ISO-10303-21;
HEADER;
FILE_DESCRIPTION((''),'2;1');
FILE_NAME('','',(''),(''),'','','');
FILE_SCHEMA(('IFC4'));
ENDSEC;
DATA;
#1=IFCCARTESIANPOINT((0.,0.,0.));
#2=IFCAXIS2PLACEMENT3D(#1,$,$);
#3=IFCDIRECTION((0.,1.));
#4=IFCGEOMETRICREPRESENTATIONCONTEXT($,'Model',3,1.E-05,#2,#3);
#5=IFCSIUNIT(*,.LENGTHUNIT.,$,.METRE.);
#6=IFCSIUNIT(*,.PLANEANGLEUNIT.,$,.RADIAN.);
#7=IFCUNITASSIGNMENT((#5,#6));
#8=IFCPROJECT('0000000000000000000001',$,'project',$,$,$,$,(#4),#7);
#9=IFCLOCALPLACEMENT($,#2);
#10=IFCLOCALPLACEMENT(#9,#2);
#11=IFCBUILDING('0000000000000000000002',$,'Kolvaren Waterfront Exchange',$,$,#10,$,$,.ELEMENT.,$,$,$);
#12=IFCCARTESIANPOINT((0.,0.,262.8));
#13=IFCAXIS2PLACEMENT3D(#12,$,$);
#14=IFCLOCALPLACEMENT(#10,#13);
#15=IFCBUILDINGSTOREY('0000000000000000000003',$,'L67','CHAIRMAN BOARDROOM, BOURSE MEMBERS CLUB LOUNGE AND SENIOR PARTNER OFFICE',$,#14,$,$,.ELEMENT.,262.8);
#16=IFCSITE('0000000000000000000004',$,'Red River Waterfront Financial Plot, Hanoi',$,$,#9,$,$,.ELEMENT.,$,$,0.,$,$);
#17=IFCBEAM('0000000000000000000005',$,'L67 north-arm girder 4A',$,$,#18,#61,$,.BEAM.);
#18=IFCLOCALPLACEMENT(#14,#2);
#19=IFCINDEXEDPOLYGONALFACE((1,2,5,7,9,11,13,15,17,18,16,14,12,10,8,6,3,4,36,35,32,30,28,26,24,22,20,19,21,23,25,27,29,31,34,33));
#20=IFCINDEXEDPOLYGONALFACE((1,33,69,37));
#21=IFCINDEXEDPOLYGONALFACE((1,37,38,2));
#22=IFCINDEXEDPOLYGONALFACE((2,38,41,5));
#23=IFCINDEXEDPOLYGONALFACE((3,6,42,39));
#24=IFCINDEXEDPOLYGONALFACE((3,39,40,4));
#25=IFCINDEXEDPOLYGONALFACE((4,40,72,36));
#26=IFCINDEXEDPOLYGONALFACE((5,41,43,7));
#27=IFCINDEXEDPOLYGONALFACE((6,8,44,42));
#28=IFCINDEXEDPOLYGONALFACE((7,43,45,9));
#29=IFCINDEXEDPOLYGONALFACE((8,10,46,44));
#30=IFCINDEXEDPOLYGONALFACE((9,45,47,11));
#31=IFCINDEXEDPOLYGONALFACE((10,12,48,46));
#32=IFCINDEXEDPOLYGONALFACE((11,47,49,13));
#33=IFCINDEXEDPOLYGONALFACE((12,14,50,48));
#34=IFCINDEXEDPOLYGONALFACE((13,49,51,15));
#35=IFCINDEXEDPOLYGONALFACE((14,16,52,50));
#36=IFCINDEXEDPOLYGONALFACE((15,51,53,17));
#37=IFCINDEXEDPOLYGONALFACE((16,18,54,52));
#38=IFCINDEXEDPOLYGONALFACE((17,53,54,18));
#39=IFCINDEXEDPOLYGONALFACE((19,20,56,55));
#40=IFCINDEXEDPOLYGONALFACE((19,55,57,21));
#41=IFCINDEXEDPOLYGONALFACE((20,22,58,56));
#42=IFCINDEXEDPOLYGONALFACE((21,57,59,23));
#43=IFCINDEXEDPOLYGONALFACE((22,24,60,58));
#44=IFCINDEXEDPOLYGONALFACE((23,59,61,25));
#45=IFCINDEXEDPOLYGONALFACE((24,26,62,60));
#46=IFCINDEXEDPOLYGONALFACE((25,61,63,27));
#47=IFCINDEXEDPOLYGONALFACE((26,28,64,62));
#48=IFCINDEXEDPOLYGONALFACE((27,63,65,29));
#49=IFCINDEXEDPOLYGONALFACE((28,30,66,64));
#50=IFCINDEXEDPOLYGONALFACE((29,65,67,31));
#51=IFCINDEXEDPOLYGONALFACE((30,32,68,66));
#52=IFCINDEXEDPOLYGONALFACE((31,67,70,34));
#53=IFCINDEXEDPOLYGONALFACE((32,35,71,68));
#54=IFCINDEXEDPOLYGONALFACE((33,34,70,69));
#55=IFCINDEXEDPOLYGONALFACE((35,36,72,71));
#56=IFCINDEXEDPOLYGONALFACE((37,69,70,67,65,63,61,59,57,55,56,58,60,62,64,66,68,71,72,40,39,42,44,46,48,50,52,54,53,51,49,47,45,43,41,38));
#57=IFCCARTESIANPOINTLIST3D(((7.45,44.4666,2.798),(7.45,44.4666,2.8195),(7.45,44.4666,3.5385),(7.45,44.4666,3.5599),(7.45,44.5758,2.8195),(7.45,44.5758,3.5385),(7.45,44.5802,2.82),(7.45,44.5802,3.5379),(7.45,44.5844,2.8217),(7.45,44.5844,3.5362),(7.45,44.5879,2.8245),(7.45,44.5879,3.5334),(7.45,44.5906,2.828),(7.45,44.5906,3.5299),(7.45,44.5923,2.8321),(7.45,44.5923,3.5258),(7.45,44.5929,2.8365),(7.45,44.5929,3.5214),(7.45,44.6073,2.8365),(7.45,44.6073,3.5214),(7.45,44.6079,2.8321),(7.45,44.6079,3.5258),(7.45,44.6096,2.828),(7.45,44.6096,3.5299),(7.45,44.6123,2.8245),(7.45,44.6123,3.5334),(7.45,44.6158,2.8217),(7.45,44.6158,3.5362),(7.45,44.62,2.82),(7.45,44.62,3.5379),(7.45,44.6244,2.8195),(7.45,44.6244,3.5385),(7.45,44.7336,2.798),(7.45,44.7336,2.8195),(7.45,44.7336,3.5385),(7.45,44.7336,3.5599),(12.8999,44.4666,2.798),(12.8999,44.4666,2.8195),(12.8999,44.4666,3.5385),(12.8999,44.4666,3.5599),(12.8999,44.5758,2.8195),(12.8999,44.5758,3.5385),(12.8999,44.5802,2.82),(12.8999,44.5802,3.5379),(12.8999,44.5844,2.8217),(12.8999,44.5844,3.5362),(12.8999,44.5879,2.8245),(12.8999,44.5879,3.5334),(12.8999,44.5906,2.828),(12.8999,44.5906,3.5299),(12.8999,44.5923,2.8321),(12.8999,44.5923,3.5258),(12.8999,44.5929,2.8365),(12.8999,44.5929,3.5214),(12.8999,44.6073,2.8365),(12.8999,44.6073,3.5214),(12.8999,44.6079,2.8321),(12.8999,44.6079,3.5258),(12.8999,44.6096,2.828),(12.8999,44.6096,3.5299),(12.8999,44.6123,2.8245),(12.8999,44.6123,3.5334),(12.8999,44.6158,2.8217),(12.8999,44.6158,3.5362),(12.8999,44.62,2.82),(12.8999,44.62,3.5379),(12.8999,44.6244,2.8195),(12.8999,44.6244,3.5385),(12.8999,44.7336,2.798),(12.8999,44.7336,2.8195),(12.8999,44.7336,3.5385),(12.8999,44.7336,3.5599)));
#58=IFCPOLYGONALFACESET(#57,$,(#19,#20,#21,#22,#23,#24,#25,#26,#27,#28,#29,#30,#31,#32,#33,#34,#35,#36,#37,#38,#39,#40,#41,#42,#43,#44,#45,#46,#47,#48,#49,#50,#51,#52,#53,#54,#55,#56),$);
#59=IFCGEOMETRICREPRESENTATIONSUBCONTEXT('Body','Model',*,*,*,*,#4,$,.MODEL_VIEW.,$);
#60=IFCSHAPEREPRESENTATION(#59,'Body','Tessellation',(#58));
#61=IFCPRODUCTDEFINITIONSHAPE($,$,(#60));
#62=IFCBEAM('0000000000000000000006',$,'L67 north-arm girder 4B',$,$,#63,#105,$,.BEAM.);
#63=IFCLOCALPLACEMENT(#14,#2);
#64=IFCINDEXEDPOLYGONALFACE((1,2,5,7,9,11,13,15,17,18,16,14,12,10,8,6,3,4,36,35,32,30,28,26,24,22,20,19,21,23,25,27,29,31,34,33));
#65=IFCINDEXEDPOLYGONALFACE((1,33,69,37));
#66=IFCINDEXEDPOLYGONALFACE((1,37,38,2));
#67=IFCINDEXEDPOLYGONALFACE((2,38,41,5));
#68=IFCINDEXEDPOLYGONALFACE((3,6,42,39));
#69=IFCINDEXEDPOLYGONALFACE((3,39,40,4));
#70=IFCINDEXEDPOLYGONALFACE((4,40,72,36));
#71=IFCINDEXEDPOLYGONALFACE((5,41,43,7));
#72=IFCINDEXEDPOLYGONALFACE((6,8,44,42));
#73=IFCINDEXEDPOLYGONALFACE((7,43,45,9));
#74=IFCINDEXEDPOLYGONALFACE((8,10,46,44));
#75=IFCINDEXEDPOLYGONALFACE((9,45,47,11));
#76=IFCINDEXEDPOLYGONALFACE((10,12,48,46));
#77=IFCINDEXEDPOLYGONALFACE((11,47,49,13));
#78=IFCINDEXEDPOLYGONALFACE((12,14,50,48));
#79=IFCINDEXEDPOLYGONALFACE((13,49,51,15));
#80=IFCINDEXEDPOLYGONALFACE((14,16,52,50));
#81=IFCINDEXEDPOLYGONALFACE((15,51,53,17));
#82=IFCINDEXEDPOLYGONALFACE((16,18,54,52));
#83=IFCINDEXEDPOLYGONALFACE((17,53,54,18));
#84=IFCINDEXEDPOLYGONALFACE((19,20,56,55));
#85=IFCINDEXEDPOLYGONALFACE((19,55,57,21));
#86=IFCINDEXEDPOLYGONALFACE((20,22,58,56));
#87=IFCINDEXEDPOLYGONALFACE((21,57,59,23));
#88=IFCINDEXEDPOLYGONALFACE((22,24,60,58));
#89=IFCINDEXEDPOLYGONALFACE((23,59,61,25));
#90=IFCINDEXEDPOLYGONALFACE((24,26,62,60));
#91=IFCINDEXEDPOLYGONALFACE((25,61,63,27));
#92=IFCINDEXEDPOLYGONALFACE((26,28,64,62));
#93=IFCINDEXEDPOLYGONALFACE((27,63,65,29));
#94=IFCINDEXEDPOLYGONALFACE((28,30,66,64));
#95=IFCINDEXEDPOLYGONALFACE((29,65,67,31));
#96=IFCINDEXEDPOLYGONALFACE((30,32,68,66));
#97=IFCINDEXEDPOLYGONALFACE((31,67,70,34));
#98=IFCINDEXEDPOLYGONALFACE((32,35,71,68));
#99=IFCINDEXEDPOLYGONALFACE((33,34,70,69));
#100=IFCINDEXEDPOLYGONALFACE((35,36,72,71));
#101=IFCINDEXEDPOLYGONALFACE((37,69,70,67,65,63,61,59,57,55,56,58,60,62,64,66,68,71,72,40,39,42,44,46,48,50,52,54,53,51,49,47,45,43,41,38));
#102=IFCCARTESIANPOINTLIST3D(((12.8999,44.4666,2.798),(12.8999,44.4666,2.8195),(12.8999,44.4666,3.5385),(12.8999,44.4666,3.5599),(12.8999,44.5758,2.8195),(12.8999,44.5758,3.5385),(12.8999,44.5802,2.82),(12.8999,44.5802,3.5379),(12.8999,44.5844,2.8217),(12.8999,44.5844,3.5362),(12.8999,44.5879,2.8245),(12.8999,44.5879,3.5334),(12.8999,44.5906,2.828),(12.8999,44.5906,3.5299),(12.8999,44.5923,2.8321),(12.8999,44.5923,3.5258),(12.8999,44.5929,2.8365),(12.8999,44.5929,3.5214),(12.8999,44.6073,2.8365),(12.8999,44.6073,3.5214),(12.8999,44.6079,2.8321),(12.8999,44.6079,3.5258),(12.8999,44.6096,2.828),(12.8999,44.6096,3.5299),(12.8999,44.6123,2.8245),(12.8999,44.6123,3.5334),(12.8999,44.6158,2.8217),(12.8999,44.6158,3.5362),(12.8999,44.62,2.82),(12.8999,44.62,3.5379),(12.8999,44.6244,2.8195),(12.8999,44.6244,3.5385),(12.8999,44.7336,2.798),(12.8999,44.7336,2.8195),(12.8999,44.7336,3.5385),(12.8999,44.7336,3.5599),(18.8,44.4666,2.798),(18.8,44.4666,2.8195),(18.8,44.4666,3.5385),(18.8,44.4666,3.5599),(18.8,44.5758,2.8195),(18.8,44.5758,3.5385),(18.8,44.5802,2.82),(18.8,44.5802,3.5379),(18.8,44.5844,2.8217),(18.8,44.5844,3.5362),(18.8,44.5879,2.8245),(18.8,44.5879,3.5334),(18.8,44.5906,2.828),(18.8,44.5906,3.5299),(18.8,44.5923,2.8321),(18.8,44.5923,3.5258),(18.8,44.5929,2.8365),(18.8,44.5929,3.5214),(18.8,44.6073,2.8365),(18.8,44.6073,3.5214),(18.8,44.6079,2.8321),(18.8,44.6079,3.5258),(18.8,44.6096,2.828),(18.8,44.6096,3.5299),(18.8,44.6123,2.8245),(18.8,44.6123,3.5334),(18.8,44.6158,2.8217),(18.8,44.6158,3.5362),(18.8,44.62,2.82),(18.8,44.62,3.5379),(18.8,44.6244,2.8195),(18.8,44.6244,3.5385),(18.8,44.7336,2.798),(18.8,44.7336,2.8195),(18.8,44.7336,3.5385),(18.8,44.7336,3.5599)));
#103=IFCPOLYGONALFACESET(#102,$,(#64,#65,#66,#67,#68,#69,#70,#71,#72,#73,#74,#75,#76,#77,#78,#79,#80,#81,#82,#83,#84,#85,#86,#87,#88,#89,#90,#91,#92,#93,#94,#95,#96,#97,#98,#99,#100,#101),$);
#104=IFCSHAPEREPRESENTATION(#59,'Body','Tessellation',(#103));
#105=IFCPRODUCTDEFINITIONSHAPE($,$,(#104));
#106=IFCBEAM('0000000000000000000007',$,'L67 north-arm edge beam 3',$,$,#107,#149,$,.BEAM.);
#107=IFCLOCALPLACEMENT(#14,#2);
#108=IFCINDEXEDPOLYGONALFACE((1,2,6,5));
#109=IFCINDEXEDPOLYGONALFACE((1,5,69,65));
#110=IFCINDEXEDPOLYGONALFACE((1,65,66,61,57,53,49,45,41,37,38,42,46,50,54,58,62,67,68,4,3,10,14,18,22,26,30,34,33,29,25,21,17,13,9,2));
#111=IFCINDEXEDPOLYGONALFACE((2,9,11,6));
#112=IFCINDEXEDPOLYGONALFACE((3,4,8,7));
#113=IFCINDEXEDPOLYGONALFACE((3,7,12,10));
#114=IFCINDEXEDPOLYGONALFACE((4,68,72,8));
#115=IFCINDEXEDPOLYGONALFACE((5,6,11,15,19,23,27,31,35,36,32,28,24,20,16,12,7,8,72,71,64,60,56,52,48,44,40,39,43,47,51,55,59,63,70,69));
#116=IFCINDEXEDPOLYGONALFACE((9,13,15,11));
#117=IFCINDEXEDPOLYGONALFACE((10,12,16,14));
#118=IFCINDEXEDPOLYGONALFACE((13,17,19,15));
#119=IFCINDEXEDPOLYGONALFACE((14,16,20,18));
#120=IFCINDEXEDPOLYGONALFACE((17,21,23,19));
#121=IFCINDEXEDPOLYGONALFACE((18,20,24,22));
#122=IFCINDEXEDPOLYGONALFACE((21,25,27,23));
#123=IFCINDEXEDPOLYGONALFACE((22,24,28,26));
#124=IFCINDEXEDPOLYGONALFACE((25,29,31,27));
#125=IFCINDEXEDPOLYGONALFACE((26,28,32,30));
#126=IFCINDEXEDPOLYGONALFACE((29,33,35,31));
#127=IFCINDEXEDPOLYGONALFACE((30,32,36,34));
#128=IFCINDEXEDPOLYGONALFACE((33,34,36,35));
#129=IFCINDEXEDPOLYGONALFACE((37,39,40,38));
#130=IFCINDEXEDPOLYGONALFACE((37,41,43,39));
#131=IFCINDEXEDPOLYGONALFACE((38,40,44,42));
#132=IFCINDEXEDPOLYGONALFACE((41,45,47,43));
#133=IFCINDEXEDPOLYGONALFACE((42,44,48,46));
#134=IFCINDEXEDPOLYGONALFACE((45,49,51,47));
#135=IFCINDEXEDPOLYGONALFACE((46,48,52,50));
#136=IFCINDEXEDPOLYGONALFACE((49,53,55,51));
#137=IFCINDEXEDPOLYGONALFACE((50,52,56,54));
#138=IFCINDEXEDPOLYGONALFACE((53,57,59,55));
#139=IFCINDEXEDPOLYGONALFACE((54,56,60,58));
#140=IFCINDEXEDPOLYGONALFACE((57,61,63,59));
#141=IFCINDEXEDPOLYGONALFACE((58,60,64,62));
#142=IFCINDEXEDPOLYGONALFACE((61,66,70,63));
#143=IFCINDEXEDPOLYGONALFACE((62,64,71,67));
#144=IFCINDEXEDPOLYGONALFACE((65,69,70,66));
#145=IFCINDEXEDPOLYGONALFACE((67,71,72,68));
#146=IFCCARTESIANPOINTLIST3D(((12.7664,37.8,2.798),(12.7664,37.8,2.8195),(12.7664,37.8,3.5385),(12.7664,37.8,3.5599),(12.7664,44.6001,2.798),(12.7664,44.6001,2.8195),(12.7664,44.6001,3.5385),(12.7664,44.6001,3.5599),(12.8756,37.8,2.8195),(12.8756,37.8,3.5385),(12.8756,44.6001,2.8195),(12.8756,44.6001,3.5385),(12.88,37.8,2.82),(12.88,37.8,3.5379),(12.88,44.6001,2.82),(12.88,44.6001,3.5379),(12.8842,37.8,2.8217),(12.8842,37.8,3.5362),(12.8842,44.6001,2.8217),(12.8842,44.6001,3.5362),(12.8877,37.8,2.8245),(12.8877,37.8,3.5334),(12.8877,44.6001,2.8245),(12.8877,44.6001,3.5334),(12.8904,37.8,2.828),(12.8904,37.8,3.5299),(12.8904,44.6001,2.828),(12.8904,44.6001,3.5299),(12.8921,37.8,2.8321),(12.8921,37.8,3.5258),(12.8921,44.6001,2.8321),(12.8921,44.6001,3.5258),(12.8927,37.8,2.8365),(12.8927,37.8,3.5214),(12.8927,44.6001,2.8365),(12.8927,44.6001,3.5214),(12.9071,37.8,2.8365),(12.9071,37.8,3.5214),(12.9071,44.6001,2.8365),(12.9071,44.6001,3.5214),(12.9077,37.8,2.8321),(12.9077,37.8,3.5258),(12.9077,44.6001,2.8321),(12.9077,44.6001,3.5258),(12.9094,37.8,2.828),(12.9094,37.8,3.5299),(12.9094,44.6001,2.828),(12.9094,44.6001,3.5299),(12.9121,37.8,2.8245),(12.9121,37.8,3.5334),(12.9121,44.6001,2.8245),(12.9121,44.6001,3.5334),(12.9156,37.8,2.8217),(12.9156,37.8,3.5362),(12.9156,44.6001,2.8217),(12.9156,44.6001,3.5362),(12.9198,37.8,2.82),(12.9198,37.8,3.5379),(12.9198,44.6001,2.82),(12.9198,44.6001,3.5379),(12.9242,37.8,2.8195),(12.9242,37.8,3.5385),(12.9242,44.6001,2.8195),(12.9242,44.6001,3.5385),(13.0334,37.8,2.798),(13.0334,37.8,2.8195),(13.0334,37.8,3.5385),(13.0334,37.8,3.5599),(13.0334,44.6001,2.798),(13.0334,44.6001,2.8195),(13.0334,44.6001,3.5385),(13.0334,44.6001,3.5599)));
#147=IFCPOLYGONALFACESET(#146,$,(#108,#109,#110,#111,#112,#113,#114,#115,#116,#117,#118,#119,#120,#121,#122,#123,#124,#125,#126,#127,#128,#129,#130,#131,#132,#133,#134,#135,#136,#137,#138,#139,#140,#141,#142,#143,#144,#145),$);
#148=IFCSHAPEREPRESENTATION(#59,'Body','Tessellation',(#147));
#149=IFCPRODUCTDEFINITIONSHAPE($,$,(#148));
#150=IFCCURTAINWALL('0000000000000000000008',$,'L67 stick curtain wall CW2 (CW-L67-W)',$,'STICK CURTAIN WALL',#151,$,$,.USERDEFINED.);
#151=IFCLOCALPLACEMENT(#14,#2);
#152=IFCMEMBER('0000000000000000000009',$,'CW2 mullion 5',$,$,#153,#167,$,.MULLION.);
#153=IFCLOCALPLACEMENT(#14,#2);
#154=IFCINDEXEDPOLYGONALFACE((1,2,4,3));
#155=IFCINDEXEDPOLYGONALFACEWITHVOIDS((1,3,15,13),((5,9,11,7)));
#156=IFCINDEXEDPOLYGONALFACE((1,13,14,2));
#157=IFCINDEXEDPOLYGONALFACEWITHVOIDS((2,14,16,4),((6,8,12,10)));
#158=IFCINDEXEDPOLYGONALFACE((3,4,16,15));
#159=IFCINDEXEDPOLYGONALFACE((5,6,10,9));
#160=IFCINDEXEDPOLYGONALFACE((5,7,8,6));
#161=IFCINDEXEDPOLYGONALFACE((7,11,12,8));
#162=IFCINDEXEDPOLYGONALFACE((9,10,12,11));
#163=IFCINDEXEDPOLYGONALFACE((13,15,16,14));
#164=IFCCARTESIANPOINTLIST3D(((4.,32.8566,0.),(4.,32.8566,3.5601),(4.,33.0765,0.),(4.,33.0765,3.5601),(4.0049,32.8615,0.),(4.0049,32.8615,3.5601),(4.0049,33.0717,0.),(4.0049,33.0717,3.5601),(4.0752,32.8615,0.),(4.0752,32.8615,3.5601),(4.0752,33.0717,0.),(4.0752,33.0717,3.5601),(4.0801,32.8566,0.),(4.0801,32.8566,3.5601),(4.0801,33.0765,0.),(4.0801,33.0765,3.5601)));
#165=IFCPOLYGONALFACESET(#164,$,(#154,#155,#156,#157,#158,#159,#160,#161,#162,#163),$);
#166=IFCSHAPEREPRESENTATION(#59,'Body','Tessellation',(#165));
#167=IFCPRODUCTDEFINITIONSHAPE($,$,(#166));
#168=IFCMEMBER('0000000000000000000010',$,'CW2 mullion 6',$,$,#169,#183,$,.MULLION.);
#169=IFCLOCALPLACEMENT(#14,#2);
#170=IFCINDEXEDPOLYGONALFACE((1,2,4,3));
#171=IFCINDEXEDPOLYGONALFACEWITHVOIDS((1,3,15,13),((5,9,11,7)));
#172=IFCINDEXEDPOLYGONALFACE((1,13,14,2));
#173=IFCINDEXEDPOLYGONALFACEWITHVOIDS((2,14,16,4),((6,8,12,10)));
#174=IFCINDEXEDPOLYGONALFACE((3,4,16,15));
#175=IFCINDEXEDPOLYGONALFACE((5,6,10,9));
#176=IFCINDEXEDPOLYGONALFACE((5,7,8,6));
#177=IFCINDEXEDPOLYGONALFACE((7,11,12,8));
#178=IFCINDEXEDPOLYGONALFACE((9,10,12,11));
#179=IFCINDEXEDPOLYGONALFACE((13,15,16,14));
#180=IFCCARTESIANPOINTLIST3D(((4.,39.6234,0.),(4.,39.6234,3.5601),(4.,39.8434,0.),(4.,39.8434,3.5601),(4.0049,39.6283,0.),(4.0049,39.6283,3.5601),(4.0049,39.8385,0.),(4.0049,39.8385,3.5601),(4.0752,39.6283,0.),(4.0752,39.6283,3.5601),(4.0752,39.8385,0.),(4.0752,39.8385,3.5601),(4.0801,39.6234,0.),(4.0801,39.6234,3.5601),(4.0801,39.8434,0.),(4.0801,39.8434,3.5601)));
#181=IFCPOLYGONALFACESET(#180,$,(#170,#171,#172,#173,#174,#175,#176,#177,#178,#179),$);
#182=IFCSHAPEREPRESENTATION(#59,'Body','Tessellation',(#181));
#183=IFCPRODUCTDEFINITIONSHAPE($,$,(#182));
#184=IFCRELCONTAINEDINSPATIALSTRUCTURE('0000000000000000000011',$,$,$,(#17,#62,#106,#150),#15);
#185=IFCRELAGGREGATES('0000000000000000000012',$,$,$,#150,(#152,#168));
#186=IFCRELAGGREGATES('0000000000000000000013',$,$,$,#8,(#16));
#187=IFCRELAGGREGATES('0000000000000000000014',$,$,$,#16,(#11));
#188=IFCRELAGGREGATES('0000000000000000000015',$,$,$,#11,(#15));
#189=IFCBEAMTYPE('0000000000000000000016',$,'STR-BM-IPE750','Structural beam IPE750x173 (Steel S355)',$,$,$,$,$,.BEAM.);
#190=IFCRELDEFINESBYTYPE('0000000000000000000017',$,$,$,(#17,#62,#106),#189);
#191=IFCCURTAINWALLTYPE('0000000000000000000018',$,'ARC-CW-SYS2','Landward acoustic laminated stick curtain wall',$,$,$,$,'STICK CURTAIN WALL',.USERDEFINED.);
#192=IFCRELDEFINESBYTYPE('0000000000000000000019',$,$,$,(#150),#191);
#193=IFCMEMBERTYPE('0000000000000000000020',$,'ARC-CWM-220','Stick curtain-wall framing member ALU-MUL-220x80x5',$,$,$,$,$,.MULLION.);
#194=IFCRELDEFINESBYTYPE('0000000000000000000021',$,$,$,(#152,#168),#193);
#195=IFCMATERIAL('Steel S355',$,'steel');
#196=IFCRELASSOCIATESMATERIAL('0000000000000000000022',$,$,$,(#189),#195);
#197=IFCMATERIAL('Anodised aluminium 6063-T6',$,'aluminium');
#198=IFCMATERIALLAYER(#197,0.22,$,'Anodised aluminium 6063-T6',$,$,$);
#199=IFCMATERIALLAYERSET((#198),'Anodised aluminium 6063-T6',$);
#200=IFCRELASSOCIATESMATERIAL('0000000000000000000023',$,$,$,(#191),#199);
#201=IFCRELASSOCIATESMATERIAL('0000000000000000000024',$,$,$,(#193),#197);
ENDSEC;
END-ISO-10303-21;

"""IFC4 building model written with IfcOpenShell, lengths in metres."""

from ifc_helpers import new_model, si_unit, direction, frame, origin, origin_with_axes, origin_2d, place, context, subcontext, project, spatial, hollow_rectangle, i_section, extrude, source, transform, mapped, material, layer, layer_set, material_profile, profile_set, type_object, element, aggregate, save


model = new_model("IFC4")

# Units and contexts
model_context = context("Model", 3, precision=1e-05, world=origin(), true_north=direction((0.0, 1.0)))
body_context = subcontext(model_context, "Body", "Model", "MODEL_VIEW")
ifc_project = project(units=[si_unit("LENGTHUNIT", "METRE"), si_unit("PLANEANGLEUNIT", "RADIAN")], contexts=[model_context])

# Site, building, storey
site_placement = place(None, origin())
site = spatial("IfcSite", under=ifc_project, at=site_placement, Name="Red River Waterfront Financial Plot, Hanoi", CompositionType="ELEMENT", RefElevation=0.0)
building_placement = place(site_placement, origin())
building = spatial("IfcBuilding", under=site, at=building_placement, Name="Kolvaren Waterfront Exchange", CompositionType="ELEMENT")
storey_placement = place(building_placement, frame((0.0, 0.0, 262.8)))
storey = spatial("IfcBuildingStorey", under=building, at=storey_placement, Name="L67", Description="CHAIRMAN BOARDROOM, BOURSE MEMBERS CLUB LOUNGE AND SENIOR PARTNER OFFICE", CompositionType="ELEMENT", Elevation=262.8)

# Beams
ifc_material_1 = material(Name="Steel S355", Category="steel")
ifc_material_profile_1 = material_profile(ifc_material_1, i_section(OverallWidth=0.2671, OverallDepth=0.762, WebThickness=0.0144, FlangeThickness=0.0215, FilletRadius=0.0171, at=origin_2d()), Name="IPE750x173")
ifc_profile_set_1 = profile_set([ifc_material_profile_1], Name="Steel S355")
beam_type_1 = type_object("IfcBeamType", Name="STR-BM-IPE750", Description="Structural beam IPE750x173 (Steel S355)", PredefinedType="BEAM", material=ifc_profile_set_1)
beam_1_placement = place(storey_placement, frame((7.45, 44.6001, 3.179), z_axis=(1.0, 0.0, 0.0), x_axis=(0.0, 1.0, 0.0)))
element("IfcBeam", 1, at=beam_1_placement, inside=storey, type_object=beam_type_1, Name="L67 north-arm girder 4A", PredefinedType="BEAM", context=body_context, shape_type="SweptSolid", body=[
    extrude(i_section(OverallWidth=0.2671, OverallDepth=0.762, WebThickness=0.0144, FlangeThickness=0.0215, FilletRadius=0.0171, at=origin_2d()), origin(), (0.0, 0.0, 1.0), 5.45),
])
beam_2_placement = place(storey_placement, frame((12.8999, 44.6001, 3.179), z_axis=(1.0, 0.0, 0.0), x_axis=(0.0, 1.0, 0.0)))
element("IfcBeam", 2, at=beam_2_placement, inside=storey, type_object=beam_type_1, Name="L67 north-arm girder 4B", PredefinedType="BEAM", context=body_context, shape_type="SweptSolid", body=[
    extrude(i_section(OverallWidth=0.2671, OverallDepth=0.762, WebThickness=0.0144, FlangeThickness=0.0215, FilletRadius=0.0171, at=origin_2d()), origin(), (0.0, 0.0, 1.0), 5.9001),
])
beam_3_placement = place(storey_placement, frame((12.8999, 37.8, 3.179), z_axis=(0.0, 1.0, 0.0), x_axis=(-1.0, 0.0, 0.0)))
element("IfcBeam", 3, at=beam_3_placement, inside=storey, type_object=beam_type_1, Name="L67 north-arm edge beam 3", PredefinedType="BEAM", context=body_context, shape_type="SweptSolid", body=[
    extrude(i_section(OverallWidth=0.2671, OverallDepth=0.762, WebThickness=0.0144, FlangeThickness=0.0215, FilletRadius=0.0171, at=origin_2d()), origin(), (0.0, 0.0, 1.0), 6.8),
])

# Curtain wall, members
ifc_material_2 = material(Name="Anodised aluminium 6063-T6", Category="aluminium")
ifc_layer_1 = layer(ifc_material_2, 0.22, Name="Anodised aluminium 6063-T6")
ifc_layer_set_1 = layer_set([ifc_layer_1], Name="Anodised aluminium 6063-T6")
curtain_wall_type = type_object("IfcCurtainWallType", Name="ARC-CW-SYS2", Description="Landward acoustic laminated stick curtain wall", ElementType="STICK CURTAIN WALL", PredefinedType="USERDEFINED", material=ifc_layer_set_1)
curtain_wall_placement = place(storey_placement, origin())
curtain_wall = element("IfcCurtainWall", 4, at=curtain_wall_placement, inside=storey, type_object=curtain_wall_type, Name="L67 stick curtain wall CW2 (CW-L67-W)", ObjectType="STICK CURTAIN WALL", PredefinedType="USERDEFINED")
ifc_material_profile_2 = material_profile(ifc_material_2, hollow_rectangle(XDim=0.0801, YDim=0.22, WallThickness=0.0049, at=origin_2d()), Name="ALU-MUL-220x80x5")
ifc_profile_set_2 = profile_set([ifc_material_profile_2], Name="Anodised aluminium 6063-T6")
member_type_1 = type_object("IfcMemberType", Name="ARC-CWM-220", Description="Stick curtain-wall framing member ALU-MUL-220x80x5", PredefinedType="MULLION", material=ifc_profile_set_2)
shared_shape_1 = source(origin_with_axes(), body_context, "Body", "SweptSolid", [
    extrude(hollow_rectangle(XDim=0.0801, YDim=0.22, WallThickness=0.0049, at=origin_2d()), origin(), (0.0, 0.0, 1.0), 3.5601),
])
member_1_placement = place(storey_placement, frame((4.04, 32.9666, 0.0), z_axis=(0.0, 0.0, 1.0), x_axis=(-1.0, 0.0, 0.0)))
member_1 = element("IfcMember", 5, at=member_1_placement, type_object=member_type_1, Name="CW2 mullion 5", PredefinedType="MULLION", context=body_context, shape_type="MappedRepresentation", body=[
    mapped(shared_shape_1, transform((0.0, 0.0, 0.0), x_axis=(1.0, 0.0, 0.0), y_axis=(0.0, 1.0, 0.0), z_axis=(0.0, 0.0, 1.0), scale=1.0)),
])
member_2_placement = place(storey_placement, frame((4.04, 39.7334, 0.0), z_axis=(0.0, 0.0, 1.0), x_axis=(-1.0, 0.0, 0.0)))
member_2 = element("IfcMember", 6, at=member_2_placement, type_object=member_type_1, Name="CW2 mullion 6", PredefinedType="MULLION", context=body_context, shape_type="MappedRepresentation", body=[
    mapped(shared_shape_1, transform((0.0, 0.0, 0.0), x_axis=(1.0, 0.0, 0.0), y_axis=(0.0, 1.0, 0.0), z_axis=(0.0, 0.0, 1.0), scale=1.0)),
])
aggregate(curtain_wall, [member_1, member_2])

save(model, "model.ifc")
